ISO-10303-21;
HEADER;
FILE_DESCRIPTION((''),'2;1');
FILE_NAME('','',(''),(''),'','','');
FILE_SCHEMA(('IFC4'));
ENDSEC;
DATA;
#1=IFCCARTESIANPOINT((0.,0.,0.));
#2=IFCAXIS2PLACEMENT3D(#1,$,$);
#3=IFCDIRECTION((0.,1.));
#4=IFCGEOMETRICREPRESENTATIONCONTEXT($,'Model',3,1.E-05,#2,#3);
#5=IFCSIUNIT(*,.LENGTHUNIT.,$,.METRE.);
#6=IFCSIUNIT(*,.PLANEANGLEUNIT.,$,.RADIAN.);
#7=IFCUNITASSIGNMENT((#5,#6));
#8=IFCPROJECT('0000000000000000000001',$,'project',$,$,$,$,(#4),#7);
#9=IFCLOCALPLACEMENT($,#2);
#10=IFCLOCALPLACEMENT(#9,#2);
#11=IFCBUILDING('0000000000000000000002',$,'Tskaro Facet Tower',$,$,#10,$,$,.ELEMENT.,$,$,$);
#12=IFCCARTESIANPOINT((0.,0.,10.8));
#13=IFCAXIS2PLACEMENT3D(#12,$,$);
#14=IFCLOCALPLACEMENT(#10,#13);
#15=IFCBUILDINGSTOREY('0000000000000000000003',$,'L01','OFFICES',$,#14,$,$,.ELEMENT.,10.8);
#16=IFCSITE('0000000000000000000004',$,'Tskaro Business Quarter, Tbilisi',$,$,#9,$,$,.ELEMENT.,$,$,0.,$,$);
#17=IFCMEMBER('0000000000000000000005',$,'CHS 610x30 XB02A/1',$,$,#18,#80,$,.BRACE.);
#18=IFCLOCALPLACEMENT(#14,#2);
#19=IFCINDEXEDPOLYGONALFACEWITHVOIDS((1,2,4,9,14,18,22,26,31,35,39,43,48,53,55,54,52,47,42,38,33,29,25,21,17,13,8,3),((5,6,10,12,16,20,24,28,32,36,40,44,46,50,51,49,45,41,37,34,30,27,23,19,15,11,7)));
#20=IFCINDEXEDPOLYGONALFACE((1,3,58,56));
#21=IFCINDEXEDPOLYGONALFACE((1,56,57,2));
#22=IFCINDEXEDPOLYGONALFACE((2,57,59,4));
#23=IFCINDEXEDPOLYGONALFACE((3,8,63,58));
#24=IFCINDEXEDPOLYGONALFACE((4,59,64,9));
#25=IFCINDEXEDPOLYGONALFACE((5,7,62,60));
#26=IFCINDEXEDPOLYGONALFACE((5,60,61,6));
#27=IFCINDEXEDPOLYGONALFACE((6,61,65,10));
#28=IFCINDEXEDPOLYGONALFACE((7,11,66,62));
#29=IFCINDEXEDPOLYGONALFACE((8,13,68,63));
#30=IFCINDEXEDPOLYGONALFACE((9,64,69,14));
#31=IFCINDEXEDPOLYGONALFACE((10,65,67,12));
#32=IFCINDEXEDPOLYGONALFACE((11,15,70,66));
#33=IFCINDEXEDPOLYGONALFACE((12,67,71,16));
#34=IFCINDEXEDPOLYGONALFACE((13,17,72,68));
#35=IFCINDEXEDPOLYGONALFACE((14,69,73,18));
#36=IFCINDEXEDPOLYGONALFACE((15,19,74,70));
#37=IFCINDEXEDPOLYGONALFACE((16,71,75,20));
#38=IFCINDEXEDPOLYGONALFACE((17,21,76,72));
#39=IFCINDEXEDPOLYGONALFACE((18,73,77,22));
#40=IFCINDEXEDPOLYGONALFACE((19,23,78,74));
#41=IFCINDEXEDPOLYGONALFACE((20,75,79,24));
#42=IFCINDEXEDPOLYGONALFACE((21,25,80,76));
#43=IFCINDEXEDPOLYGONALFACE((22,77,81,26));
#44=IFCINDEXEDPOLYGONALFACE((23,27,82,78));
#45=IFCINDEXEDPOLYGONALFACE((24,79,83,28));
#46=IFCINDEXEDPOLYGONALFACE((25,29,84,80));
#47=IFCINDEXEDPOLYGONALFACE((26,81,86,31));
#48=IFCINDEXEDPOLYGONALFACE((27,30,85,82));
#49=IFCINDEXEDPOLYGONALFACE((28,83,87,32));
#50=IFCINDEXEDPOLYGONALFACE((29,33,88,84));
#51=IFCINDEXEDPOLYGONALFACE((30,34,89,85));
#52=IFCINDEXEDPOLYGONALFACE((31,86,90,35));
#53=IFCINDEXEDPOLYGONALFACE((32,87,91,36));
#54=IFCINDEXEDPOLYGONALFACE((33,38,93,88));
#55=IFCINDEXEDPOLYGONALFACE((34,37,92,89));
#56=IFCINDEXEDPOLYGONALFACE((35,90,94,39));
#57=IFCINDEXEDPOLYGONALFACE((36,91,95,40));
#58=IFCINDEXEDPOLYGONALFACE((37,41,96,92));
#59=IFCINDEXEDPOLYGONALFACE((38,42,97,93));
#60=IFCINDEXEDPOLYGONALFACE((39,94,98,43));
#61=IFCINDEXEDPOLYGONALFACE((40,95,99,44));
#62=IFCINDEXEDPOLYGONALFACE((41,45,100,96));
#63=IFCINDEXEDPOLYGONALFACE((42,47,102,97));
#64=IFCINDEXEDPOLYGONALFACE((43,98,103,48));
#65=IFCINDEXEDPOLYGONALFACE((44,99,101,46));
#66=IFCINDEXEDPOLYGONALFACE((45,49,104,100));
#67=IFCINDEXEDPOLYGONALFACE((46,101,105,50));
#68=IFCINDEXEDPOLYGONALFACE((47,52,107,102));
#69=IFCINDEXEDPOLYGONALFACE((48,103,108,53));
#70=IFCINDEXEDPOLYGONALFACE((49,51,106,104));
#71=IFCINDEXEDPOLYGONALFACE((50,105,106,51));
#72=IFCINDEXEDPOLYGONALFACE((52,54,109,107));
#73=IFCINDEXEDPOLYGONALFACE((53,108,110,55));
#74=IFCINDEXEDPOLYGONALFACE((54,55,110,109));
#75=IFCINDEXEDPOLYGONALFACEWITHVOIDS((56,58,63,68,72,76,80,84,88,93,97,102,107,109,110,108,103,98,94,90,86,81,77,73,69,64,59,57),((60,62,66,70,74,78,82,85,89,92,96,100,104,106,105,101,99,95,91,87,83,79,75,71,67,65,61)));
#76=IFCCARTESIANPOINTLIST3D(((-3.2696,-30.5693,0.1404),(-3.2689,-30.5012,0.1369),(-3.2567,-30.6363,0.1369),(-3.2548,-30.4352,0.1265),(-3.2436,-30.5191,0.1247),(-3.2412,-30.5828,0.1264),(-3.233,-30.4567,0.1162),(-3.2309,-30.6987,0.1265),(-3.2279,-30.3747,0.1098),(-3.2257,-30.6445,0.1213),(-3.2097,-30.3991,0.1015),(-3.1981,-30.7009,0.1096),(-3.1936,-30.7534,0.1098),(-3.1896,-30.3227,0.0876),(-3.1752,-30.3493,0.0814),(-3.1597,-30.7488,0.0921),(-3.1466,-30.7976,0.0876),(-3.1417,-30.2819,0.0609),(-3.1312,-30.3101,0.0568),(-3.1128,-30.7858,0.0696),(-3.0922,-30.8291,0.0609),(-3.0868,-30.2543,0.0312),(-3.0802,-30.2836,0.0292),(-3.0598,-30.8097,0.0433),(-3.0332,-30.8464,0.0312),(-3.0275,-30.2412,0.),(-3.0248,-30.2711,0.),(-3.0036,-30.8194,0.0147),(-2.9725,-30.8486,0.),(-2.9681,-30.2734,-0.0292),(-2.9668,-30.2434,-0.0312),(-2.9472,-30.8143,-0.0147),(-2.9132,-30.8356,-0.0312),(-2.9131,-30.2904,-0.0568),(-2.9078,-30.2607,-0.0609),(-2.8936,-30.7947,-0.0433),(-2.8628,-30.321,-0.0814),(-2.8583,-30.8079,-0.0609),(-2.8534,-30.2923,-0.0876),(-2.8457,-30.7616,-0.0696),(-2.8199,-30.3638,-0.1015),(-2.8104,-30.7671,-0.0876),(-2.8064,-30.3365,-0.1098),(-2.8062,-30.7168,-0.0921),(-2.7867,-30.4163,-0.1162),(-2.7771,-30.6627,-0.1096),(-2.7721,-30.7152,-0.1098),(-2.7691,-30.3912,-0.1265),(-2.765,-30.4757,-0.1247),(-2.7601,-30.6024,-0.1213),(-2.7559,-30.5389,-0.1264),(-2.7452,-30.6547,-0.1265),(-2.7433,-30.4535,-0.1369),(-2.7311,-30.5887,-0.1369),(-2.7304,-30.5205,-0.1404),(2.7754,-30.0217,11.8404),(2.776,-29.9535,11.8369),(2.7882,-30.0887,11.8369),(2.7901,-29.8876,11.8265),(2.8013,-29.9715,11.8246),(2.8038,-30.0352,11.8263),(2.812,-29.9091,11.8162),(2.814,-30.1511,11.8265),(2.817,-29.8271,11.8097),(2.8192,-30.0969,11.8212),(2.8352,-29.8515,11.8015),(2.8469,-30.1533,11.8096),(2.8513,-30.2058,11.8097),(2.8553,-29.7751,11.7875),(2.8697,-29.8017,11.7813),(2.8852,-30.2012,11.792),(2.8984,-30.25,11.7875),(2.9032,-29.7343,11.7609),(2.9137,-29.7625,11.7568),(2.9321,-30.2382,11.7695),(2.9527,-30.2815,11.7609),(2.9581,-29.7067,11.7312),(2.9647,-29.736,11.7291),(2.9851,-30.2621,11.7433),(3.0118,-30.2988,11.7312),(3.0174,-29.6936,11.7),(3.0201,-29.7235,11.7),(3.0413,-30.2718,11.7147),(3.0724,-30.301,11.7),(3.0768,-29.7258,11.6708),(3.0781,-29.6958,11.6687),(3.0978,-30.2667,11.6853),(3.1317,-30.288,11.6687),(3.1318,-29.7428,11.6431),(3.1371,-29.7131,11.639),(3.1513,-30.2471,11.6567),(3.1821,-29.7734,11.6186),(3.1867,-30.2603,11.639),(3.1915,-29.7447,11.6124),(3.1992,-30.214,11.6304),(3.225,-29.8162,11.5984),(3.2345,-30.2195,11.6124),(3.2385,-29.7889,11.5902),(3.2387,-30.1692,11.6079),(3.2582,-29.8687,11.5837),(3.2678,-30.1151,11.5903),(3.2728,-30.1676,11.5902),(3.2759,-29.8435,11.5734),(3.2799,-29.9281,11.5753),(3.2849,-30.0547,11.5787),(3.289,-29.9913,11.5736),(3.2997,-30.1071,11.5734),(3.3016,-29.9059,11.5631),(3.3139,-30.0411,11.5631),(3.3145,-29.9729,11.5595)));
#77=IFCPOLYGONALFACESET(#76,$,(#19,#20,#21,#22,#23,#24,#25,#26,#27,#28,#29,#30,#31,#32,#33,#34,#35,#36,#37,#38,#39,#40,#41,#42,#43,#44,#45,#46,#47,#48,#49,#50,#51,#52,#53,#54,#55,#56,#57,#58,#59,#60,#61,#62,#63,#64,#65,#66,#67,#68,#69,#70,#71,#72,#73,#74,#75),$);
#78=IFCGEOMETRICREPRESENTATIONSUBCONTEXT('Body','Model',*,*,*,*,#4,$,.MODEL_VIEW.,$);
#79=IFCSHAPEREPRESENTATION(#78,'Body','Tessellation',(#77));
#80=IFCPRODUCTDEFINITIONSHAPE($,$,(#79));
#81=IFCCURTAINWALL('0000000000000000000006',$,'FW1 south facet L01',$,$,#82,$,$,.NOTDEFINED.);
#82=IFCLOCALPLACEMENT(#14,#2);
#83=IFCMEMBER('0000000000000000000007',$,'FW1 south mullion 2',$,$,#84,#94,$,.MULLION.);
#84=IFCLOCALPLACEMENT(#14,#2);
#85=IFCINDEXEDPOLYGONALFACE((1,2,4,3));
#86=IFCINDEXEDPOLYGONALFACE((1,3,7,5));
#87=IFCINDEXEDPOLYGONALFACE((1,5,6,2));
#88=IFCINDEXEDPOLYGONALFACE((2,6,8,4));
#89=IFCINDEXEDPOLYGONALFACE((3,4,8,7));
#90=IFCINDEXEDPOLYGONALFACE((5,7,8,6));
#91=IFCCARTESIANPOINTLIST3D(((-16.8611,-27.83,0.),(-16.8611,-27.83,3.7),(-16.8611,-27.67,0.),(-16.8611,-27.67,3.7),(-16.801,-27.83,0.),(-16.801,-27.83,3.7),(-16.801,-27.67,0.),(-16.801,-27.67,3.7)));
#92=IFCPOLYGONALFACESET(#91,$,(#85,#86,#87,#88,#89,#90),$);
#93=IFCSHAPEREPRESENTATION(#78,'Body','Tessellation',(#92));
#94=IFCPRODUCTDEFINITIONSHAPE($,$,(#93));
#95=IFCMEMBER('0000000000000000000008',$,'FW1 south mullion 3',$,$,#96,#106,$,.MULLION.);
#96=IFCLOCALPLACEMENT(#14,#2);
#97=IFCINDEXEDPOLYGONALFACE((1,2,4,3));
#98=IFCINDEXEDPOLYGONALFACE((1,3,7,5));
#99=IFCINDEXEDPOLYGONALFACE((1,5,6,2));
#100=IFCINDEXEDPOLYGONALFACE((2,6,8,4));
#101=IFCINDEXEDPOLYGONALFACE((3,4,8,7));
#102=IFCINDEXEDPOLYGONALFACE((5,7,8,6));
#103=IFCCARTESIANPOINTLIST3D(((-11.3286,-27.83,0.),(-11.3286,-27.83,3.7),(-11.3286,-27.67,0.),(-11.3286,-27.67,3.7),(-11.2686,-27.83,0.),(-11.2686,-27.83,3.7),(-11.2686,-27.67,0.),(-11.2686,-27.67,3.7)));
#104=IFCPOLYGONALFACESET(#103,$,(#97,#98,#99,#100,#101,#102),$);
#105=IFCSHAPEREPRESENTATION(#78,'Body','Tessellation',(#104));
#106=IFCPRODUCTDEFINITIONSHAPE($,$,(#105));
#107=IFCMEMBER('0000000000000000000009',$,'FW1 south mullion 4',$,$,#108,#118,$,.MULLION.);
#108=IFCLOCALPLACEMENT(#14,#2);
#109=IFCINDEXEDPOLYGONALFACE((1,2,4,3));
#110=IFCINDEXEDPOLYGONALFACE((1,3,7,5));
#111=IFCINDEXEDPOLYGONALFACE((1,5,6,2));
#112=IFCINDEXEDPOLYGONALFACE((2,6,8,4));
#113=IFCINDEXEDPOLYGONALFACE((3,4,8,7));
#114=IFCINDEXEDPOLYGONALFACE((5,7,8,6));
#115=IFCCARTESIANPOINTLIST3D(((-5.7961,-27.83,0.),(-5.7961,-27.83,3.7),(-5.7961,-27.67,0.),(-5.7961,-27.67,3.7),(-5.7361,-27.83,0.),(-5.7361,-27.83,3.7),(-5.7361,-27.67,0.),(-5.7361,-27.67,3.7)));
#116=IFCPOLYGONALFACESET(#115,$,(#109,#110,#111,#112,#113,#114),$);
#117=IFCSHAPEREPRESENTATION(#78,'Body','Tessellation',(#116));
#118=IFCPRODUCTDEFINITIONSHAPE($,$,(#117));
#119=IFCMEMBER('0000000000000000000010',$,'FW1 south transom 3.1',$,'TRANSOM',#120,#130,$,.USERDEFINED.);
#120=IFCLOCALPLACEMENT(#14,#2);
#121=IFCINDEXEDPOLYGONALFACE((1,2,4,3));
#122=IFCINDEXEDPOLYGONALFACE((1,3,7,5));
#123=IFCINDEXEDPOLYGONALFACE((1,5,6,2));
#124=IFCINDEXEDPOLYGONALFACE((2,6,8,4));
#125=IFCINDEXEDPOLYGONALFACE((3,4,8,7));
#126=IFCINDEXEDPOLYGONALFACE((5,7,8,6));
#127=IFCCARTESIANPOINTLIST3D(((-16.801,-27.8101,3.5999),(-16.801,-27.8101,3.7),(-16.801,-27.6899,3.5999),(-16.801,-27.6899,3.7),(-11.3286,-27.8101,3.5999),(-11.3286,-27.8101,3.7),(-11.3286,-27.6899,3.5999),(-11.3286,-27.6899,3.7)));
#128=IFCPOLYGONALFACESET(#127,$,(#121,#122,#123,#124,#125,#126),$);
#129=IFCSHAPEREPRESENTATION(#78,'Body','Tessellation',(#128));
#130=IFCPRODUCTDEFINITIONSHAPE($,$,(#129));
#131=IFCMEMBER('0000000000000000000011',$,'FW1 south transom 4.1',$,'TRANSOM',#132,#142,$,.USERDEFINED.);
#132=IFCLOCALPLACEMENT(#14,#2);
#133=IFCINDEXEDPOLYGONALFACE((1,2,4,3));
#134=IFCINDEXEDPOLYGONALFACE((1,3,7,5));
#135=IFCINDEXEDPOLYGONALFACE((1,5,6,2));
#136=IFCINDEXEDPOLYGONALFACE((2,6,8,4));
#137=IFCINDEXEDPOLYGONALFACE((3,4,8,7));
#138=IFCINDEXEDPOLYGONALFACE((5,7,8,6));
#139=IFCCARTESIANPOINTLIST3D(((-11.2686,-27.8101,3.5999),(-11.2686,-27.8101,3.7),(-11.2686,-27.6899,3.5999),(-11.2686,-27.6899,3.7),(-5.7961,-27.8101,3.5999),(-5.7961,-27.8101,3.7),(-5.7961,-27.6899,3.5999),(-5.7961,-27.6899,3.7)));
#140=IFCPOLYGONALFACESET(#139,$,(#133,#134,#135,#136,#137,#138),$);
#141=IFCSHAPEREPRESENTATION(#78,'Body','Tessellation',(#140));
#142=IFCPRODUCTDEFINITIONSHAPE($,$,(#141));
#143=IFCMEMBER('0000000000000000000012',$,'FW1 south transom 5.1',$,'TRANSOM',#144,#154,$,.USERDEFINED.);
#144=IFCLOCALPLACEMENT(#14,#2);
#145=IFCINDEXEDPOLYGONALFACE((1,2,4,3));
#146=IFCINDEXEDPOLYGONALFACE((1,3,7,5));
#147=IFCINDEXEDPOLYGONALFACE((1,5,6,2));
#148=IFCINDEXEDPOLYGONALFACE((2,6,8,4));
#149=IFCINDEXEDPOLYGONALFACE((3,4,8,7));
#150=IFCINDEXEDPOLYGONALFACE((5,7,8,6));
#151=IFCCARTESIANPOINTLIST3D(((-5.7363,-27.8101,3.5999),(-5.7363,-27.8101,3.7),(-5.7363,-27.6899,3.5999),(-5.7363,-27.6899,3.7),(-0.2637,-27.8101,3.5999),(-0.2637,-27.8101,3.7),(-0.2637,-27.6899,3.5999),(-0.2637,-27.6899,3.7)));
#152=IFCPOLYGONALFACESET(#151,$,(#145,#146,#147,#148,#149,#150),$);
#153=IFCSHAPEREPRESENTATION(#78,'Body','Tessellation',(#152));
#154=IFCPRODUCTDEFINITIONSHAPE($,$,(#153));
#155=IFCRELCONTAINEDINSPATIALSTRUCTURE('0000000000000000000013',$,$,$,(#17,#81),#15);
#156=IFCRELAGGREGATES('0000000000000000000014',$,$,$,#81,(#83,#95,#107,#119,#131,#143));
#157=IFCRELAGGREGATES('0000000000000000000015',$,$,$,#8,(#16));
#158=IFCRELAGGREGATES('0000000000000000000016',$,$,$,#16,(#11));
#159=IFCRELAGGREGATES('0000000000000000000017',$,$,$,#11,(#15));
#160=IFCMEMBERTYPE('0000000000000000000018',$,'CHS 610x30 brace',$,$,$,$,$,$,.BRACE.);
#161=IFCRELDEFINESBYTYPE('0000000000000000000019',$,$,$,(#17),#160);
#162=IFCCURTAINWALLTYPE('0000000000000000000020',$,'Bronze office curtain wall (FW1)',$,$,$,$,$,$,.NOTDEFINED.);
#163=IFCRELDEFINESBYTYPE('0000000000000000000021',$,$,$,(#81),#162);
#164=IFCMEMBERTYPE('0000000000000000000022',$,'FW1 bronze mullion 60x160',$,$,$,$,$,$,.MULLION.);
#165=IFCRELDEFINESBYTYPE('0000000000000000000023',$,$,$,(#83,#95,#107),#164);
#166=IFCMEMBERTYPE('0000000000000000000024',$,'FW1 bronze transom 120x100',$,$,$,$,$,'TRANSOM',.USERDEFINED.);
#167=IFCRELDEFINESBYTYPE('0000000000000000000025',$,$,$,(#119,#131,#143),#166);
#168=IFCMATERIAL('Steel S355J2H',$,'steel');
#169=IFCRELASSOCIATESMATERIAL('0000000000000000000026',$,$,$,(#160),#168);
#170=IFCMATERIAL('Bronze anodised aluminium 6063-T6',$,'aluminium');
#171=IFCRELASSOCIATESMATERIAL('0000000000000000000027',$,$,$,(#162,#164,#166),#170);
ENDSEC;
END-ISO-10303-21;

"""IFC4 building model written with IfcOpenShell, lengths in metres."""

from ifc_helpers import new_model, si_unit, direction, frame, origin, origin_2d, place, context, subcontext, project, spatial, rectangle, hollow_circle, extrude, material, material_profile, profile_set, type_object, element, aggregate, save


model = new_model("IFC4")

# Units and contexts
model_context = context("Model", 3, precision=1e-05, world=origin(), true_north=direction((0.0, 1.0)))
body_context = subcontext(model_context, "Body", "Model", "MODEL_VIEW")
ifc_project = project(units=[si_unit("LENGTHUNIT", "METRE"), si_unit("PLANEANGLEUNIT", "RADIAN")], contexts=[model_context])

# Site, building, storey
site_placement = place(None, origin())
site = spatial("IfcSite", under=ifc_project, at=site_placement, Name="Tskaro Business Quarter, Tbilisi", CompositionType="ELEMENT", RefElevation=0.0)
building_placement = place(site_placement, origin())
building = spatial("IfcBuilding", under=site, at=building_placement, Name="Tskaro Facet Tower", CompositionType="ELEMENT")
storey_placement = place(building_placement, frame((0.0, 0.0, 10.8)))
storey = spatial("IfcBuildingStorey", under=building, at=storey_placement, Name="L01", Description="OFFICES", CompositionType="ELEMENT", Elevation=10.8)

# Shared definitions
ifc_material_1 = material(Name="Steel S355J2H", Category="steel")

# Member
ifc_material_profile_1 = material_profile(ifc_material_1, hollow_circle(Radius=0.3049, WallThickness=0.03, at=origin_2d()), Name="CHS 610x30")
ifc_profile_set_1 = profile_set([ifc_material_profile_1], Name="Steel S355J2H")
member_type_1 = type_object("IfcMemberType", Name="CHS 610x30 brace", PredefinedType="BRACE", material=ifc_profile_set_1)
for number, where, z_axis, x_axis, name in (
    (1, (-3.0, -30.5449, 0.0), (0.458621, 0.041546, 0.88766), (-0.09022, 0.995922, 0.0), "CHS 610x30 XB02A/1"),
):
    element("IfcMember", number, at=place(storey_placement, frame(where, z_axis=z_axis, x_axis=x_axis)), inside=storey, type_object=member_type_1, Name=name, PredefinedType="BRACE", context=body_context, shape_type="SweptSolid", body=[
        extrude(hollow_circle(Radius=0.3049, WallThickness=0.03, at=origin_2d()), origin(), (0.0, 0.0, 1.0), 13.1807),
    ])

# Curtain wall, members
ifc_material_2 = material(Name="Bronze anodised aluminium 6063-T6", Category="aluminium")
curtain_wall_type = type_object("IfcCurtainWallType", Name="Bronze office curtain wall (FW1)", PredefinedType="NOTDEFINED", material=ifc_material_2)
curtain_wall_placement = place(storey_placement, origin())
curtain_wall = element("IfcCurtainWall", 2, at=curtain_wall_placement, inside=storey, type_object=curtain_wall_type, Name="FW1 south facet L01", PredefinedType="NOTDEFINED")
ifc_material_profile_2 = material_profile(ifc_material_2, rectangle(XDim=0.0601, YDim=0.1599, at=origin_2d()), Name="Mullion 60x160")
ifc_profile_set_2 = profile_set([ifc_material_profile_2], Name="Bronze anodised aluminium 6063-T6")
member_type_2 = type_object("IfcMemberType", Name="FW1 bronze mullion 60x160", PredefinedType="MULLION", material=ifc_profile_set_2)
member_1_placement = place(storey_placement, frame((-16.8311, -27.75, 0.0), z_axis=(0.0, 0.0, 1.0), x_axis=(1.0, 0.0, 0.0)))
member_1 = element("IfcMember", 3, at=member_1_placement, type_object=member_type_2, Name="FW1 south mullion 2", PredefinedType="MULLION", context=body_context, shape_type="SweptSolid", body=[
    extrude(rectangle(XDim=0.0601, YDim=0.1599, at=origin_2d()), origin(), (0.0, 0.0, 1.0), 3.7),
])
member_2_placement = place(storey_placement, frame((-11.2986, -27.75, 0.0), z_axis=(0.0, 0.0, 1.0), x_axis=(1.0, 0.0, 0.0)))
member_2 = element("IfcMember", 4, at=member_2_placement, type_object=member_type_2, Name="FW1 south mullion 3", PredefinedType="MULLION", context=body_context, shape_type="SweptSolid", body=[
    extrude(rectangle(XDim=0.0601, YDim=0.1599, at=origin_2d()), origin(), (0.0, 0.0, 1.0), 3.7),
])
member_3_placement = place(storey_placement, frame((-5.7661, -27.75, 0.0), z_axis=(0.0, 0.0, 1.0), x_axis=(1.0, 0.0, 0.0)))
member_3 = element("IfcMember", 5, at=member_3_placement, type_object=member_type_2, Name="FW1 south mullion 4", PredefinedType="MULLION", context=body_context, shape_type="SweptSolid", body=[
    extrude(rectangle(XDim=0.0601, YDim=0.1599, at=origin_2d()), origin(), (0.0, 0.0, 1.0), 3.7),
])
ifc_material_profile_3 = material_profile(ifc_material_2, rectangle(XDim=0.1201, YDim=0.1001, at=origin_2d()), Name="Transom 120x100")
ifc_profile_set_3 = profile_set([ifc_material_profile_3], Name="Bronze anodised aluminium 6063-T6")
member_type_3 = type_object("IfcMemberType", Name="FW1 bronze transom 120x100", ElementType="TRANSOM", PredefinedType="USERDEFINED", material=ifc_profile_set_3)
member_4_placement = place(storey_placement, frame((-16.801, -27.75, 3.6499), z_axis=(1.0, 0.0, 0.0), x_axis=(0.0, 1.0, 0.0)))
member_4 = element("IfcMember", 6, at=member_4_placement, type_object=member_type_3, Name="FW1 south transom 3.1", ObjectType="TRANSOM", PredefinedType="USERDEFINED", context=body_context, shape_type="SweptSolid", body=[
    extrude(rectangle(XDim=0.1201, YDim=0.1001, at=origin_2d()), origin(), (0.0, 0.0, 1.0), 5.4724),
])
member_5_placement = place(storey_placement, frame((-11.2686, -27.75, 3.6499), z_axis=(1.0, 0.0, 0.0), x_axis=(0.0, 1.0, 0.0)))
member_5 = element("IfcMember", 7, at=member_5_placement, type_object=member_type_3, Name="FW1 south transom 4.1", ObjectType="TRANSOM", PredefinedType="USERDEFINED", context=body_context, shape_type="SweptSolid", body=[
    extrude(rectangle(XDim=0.1201, YDim=0.1001, at=origin_2d()), origin(), (0.0, 0.0, 1.0), 5.4724),
])
member_6_placement = place(storey_placement, frame((-5.7363, -27.75, 3.6499), z_axis=(1.0, 0.0, 0.0), x_axis=(0.0, 1.0, 0.0)))
member_6 = element("IfcMember", 8, at=member_6_placement, type_object=member_type_3, Name="FW1 south transom 5.1", ObjectType="TRANSOM", PredefinedType="USERDEFINED", context=body_context, shape_type="SweptSolid", body=[
    extrude(rectangle(XDim=0.1201, YDim=0.1001, at=origin_2d()), origin(), (0.0, 0.0, 1.0), 5.4727),
])

aggregate(curtain_wall, [member_1, member_2, member_3, member_4, member_5, member_6])

save(model, "model.ifc")
